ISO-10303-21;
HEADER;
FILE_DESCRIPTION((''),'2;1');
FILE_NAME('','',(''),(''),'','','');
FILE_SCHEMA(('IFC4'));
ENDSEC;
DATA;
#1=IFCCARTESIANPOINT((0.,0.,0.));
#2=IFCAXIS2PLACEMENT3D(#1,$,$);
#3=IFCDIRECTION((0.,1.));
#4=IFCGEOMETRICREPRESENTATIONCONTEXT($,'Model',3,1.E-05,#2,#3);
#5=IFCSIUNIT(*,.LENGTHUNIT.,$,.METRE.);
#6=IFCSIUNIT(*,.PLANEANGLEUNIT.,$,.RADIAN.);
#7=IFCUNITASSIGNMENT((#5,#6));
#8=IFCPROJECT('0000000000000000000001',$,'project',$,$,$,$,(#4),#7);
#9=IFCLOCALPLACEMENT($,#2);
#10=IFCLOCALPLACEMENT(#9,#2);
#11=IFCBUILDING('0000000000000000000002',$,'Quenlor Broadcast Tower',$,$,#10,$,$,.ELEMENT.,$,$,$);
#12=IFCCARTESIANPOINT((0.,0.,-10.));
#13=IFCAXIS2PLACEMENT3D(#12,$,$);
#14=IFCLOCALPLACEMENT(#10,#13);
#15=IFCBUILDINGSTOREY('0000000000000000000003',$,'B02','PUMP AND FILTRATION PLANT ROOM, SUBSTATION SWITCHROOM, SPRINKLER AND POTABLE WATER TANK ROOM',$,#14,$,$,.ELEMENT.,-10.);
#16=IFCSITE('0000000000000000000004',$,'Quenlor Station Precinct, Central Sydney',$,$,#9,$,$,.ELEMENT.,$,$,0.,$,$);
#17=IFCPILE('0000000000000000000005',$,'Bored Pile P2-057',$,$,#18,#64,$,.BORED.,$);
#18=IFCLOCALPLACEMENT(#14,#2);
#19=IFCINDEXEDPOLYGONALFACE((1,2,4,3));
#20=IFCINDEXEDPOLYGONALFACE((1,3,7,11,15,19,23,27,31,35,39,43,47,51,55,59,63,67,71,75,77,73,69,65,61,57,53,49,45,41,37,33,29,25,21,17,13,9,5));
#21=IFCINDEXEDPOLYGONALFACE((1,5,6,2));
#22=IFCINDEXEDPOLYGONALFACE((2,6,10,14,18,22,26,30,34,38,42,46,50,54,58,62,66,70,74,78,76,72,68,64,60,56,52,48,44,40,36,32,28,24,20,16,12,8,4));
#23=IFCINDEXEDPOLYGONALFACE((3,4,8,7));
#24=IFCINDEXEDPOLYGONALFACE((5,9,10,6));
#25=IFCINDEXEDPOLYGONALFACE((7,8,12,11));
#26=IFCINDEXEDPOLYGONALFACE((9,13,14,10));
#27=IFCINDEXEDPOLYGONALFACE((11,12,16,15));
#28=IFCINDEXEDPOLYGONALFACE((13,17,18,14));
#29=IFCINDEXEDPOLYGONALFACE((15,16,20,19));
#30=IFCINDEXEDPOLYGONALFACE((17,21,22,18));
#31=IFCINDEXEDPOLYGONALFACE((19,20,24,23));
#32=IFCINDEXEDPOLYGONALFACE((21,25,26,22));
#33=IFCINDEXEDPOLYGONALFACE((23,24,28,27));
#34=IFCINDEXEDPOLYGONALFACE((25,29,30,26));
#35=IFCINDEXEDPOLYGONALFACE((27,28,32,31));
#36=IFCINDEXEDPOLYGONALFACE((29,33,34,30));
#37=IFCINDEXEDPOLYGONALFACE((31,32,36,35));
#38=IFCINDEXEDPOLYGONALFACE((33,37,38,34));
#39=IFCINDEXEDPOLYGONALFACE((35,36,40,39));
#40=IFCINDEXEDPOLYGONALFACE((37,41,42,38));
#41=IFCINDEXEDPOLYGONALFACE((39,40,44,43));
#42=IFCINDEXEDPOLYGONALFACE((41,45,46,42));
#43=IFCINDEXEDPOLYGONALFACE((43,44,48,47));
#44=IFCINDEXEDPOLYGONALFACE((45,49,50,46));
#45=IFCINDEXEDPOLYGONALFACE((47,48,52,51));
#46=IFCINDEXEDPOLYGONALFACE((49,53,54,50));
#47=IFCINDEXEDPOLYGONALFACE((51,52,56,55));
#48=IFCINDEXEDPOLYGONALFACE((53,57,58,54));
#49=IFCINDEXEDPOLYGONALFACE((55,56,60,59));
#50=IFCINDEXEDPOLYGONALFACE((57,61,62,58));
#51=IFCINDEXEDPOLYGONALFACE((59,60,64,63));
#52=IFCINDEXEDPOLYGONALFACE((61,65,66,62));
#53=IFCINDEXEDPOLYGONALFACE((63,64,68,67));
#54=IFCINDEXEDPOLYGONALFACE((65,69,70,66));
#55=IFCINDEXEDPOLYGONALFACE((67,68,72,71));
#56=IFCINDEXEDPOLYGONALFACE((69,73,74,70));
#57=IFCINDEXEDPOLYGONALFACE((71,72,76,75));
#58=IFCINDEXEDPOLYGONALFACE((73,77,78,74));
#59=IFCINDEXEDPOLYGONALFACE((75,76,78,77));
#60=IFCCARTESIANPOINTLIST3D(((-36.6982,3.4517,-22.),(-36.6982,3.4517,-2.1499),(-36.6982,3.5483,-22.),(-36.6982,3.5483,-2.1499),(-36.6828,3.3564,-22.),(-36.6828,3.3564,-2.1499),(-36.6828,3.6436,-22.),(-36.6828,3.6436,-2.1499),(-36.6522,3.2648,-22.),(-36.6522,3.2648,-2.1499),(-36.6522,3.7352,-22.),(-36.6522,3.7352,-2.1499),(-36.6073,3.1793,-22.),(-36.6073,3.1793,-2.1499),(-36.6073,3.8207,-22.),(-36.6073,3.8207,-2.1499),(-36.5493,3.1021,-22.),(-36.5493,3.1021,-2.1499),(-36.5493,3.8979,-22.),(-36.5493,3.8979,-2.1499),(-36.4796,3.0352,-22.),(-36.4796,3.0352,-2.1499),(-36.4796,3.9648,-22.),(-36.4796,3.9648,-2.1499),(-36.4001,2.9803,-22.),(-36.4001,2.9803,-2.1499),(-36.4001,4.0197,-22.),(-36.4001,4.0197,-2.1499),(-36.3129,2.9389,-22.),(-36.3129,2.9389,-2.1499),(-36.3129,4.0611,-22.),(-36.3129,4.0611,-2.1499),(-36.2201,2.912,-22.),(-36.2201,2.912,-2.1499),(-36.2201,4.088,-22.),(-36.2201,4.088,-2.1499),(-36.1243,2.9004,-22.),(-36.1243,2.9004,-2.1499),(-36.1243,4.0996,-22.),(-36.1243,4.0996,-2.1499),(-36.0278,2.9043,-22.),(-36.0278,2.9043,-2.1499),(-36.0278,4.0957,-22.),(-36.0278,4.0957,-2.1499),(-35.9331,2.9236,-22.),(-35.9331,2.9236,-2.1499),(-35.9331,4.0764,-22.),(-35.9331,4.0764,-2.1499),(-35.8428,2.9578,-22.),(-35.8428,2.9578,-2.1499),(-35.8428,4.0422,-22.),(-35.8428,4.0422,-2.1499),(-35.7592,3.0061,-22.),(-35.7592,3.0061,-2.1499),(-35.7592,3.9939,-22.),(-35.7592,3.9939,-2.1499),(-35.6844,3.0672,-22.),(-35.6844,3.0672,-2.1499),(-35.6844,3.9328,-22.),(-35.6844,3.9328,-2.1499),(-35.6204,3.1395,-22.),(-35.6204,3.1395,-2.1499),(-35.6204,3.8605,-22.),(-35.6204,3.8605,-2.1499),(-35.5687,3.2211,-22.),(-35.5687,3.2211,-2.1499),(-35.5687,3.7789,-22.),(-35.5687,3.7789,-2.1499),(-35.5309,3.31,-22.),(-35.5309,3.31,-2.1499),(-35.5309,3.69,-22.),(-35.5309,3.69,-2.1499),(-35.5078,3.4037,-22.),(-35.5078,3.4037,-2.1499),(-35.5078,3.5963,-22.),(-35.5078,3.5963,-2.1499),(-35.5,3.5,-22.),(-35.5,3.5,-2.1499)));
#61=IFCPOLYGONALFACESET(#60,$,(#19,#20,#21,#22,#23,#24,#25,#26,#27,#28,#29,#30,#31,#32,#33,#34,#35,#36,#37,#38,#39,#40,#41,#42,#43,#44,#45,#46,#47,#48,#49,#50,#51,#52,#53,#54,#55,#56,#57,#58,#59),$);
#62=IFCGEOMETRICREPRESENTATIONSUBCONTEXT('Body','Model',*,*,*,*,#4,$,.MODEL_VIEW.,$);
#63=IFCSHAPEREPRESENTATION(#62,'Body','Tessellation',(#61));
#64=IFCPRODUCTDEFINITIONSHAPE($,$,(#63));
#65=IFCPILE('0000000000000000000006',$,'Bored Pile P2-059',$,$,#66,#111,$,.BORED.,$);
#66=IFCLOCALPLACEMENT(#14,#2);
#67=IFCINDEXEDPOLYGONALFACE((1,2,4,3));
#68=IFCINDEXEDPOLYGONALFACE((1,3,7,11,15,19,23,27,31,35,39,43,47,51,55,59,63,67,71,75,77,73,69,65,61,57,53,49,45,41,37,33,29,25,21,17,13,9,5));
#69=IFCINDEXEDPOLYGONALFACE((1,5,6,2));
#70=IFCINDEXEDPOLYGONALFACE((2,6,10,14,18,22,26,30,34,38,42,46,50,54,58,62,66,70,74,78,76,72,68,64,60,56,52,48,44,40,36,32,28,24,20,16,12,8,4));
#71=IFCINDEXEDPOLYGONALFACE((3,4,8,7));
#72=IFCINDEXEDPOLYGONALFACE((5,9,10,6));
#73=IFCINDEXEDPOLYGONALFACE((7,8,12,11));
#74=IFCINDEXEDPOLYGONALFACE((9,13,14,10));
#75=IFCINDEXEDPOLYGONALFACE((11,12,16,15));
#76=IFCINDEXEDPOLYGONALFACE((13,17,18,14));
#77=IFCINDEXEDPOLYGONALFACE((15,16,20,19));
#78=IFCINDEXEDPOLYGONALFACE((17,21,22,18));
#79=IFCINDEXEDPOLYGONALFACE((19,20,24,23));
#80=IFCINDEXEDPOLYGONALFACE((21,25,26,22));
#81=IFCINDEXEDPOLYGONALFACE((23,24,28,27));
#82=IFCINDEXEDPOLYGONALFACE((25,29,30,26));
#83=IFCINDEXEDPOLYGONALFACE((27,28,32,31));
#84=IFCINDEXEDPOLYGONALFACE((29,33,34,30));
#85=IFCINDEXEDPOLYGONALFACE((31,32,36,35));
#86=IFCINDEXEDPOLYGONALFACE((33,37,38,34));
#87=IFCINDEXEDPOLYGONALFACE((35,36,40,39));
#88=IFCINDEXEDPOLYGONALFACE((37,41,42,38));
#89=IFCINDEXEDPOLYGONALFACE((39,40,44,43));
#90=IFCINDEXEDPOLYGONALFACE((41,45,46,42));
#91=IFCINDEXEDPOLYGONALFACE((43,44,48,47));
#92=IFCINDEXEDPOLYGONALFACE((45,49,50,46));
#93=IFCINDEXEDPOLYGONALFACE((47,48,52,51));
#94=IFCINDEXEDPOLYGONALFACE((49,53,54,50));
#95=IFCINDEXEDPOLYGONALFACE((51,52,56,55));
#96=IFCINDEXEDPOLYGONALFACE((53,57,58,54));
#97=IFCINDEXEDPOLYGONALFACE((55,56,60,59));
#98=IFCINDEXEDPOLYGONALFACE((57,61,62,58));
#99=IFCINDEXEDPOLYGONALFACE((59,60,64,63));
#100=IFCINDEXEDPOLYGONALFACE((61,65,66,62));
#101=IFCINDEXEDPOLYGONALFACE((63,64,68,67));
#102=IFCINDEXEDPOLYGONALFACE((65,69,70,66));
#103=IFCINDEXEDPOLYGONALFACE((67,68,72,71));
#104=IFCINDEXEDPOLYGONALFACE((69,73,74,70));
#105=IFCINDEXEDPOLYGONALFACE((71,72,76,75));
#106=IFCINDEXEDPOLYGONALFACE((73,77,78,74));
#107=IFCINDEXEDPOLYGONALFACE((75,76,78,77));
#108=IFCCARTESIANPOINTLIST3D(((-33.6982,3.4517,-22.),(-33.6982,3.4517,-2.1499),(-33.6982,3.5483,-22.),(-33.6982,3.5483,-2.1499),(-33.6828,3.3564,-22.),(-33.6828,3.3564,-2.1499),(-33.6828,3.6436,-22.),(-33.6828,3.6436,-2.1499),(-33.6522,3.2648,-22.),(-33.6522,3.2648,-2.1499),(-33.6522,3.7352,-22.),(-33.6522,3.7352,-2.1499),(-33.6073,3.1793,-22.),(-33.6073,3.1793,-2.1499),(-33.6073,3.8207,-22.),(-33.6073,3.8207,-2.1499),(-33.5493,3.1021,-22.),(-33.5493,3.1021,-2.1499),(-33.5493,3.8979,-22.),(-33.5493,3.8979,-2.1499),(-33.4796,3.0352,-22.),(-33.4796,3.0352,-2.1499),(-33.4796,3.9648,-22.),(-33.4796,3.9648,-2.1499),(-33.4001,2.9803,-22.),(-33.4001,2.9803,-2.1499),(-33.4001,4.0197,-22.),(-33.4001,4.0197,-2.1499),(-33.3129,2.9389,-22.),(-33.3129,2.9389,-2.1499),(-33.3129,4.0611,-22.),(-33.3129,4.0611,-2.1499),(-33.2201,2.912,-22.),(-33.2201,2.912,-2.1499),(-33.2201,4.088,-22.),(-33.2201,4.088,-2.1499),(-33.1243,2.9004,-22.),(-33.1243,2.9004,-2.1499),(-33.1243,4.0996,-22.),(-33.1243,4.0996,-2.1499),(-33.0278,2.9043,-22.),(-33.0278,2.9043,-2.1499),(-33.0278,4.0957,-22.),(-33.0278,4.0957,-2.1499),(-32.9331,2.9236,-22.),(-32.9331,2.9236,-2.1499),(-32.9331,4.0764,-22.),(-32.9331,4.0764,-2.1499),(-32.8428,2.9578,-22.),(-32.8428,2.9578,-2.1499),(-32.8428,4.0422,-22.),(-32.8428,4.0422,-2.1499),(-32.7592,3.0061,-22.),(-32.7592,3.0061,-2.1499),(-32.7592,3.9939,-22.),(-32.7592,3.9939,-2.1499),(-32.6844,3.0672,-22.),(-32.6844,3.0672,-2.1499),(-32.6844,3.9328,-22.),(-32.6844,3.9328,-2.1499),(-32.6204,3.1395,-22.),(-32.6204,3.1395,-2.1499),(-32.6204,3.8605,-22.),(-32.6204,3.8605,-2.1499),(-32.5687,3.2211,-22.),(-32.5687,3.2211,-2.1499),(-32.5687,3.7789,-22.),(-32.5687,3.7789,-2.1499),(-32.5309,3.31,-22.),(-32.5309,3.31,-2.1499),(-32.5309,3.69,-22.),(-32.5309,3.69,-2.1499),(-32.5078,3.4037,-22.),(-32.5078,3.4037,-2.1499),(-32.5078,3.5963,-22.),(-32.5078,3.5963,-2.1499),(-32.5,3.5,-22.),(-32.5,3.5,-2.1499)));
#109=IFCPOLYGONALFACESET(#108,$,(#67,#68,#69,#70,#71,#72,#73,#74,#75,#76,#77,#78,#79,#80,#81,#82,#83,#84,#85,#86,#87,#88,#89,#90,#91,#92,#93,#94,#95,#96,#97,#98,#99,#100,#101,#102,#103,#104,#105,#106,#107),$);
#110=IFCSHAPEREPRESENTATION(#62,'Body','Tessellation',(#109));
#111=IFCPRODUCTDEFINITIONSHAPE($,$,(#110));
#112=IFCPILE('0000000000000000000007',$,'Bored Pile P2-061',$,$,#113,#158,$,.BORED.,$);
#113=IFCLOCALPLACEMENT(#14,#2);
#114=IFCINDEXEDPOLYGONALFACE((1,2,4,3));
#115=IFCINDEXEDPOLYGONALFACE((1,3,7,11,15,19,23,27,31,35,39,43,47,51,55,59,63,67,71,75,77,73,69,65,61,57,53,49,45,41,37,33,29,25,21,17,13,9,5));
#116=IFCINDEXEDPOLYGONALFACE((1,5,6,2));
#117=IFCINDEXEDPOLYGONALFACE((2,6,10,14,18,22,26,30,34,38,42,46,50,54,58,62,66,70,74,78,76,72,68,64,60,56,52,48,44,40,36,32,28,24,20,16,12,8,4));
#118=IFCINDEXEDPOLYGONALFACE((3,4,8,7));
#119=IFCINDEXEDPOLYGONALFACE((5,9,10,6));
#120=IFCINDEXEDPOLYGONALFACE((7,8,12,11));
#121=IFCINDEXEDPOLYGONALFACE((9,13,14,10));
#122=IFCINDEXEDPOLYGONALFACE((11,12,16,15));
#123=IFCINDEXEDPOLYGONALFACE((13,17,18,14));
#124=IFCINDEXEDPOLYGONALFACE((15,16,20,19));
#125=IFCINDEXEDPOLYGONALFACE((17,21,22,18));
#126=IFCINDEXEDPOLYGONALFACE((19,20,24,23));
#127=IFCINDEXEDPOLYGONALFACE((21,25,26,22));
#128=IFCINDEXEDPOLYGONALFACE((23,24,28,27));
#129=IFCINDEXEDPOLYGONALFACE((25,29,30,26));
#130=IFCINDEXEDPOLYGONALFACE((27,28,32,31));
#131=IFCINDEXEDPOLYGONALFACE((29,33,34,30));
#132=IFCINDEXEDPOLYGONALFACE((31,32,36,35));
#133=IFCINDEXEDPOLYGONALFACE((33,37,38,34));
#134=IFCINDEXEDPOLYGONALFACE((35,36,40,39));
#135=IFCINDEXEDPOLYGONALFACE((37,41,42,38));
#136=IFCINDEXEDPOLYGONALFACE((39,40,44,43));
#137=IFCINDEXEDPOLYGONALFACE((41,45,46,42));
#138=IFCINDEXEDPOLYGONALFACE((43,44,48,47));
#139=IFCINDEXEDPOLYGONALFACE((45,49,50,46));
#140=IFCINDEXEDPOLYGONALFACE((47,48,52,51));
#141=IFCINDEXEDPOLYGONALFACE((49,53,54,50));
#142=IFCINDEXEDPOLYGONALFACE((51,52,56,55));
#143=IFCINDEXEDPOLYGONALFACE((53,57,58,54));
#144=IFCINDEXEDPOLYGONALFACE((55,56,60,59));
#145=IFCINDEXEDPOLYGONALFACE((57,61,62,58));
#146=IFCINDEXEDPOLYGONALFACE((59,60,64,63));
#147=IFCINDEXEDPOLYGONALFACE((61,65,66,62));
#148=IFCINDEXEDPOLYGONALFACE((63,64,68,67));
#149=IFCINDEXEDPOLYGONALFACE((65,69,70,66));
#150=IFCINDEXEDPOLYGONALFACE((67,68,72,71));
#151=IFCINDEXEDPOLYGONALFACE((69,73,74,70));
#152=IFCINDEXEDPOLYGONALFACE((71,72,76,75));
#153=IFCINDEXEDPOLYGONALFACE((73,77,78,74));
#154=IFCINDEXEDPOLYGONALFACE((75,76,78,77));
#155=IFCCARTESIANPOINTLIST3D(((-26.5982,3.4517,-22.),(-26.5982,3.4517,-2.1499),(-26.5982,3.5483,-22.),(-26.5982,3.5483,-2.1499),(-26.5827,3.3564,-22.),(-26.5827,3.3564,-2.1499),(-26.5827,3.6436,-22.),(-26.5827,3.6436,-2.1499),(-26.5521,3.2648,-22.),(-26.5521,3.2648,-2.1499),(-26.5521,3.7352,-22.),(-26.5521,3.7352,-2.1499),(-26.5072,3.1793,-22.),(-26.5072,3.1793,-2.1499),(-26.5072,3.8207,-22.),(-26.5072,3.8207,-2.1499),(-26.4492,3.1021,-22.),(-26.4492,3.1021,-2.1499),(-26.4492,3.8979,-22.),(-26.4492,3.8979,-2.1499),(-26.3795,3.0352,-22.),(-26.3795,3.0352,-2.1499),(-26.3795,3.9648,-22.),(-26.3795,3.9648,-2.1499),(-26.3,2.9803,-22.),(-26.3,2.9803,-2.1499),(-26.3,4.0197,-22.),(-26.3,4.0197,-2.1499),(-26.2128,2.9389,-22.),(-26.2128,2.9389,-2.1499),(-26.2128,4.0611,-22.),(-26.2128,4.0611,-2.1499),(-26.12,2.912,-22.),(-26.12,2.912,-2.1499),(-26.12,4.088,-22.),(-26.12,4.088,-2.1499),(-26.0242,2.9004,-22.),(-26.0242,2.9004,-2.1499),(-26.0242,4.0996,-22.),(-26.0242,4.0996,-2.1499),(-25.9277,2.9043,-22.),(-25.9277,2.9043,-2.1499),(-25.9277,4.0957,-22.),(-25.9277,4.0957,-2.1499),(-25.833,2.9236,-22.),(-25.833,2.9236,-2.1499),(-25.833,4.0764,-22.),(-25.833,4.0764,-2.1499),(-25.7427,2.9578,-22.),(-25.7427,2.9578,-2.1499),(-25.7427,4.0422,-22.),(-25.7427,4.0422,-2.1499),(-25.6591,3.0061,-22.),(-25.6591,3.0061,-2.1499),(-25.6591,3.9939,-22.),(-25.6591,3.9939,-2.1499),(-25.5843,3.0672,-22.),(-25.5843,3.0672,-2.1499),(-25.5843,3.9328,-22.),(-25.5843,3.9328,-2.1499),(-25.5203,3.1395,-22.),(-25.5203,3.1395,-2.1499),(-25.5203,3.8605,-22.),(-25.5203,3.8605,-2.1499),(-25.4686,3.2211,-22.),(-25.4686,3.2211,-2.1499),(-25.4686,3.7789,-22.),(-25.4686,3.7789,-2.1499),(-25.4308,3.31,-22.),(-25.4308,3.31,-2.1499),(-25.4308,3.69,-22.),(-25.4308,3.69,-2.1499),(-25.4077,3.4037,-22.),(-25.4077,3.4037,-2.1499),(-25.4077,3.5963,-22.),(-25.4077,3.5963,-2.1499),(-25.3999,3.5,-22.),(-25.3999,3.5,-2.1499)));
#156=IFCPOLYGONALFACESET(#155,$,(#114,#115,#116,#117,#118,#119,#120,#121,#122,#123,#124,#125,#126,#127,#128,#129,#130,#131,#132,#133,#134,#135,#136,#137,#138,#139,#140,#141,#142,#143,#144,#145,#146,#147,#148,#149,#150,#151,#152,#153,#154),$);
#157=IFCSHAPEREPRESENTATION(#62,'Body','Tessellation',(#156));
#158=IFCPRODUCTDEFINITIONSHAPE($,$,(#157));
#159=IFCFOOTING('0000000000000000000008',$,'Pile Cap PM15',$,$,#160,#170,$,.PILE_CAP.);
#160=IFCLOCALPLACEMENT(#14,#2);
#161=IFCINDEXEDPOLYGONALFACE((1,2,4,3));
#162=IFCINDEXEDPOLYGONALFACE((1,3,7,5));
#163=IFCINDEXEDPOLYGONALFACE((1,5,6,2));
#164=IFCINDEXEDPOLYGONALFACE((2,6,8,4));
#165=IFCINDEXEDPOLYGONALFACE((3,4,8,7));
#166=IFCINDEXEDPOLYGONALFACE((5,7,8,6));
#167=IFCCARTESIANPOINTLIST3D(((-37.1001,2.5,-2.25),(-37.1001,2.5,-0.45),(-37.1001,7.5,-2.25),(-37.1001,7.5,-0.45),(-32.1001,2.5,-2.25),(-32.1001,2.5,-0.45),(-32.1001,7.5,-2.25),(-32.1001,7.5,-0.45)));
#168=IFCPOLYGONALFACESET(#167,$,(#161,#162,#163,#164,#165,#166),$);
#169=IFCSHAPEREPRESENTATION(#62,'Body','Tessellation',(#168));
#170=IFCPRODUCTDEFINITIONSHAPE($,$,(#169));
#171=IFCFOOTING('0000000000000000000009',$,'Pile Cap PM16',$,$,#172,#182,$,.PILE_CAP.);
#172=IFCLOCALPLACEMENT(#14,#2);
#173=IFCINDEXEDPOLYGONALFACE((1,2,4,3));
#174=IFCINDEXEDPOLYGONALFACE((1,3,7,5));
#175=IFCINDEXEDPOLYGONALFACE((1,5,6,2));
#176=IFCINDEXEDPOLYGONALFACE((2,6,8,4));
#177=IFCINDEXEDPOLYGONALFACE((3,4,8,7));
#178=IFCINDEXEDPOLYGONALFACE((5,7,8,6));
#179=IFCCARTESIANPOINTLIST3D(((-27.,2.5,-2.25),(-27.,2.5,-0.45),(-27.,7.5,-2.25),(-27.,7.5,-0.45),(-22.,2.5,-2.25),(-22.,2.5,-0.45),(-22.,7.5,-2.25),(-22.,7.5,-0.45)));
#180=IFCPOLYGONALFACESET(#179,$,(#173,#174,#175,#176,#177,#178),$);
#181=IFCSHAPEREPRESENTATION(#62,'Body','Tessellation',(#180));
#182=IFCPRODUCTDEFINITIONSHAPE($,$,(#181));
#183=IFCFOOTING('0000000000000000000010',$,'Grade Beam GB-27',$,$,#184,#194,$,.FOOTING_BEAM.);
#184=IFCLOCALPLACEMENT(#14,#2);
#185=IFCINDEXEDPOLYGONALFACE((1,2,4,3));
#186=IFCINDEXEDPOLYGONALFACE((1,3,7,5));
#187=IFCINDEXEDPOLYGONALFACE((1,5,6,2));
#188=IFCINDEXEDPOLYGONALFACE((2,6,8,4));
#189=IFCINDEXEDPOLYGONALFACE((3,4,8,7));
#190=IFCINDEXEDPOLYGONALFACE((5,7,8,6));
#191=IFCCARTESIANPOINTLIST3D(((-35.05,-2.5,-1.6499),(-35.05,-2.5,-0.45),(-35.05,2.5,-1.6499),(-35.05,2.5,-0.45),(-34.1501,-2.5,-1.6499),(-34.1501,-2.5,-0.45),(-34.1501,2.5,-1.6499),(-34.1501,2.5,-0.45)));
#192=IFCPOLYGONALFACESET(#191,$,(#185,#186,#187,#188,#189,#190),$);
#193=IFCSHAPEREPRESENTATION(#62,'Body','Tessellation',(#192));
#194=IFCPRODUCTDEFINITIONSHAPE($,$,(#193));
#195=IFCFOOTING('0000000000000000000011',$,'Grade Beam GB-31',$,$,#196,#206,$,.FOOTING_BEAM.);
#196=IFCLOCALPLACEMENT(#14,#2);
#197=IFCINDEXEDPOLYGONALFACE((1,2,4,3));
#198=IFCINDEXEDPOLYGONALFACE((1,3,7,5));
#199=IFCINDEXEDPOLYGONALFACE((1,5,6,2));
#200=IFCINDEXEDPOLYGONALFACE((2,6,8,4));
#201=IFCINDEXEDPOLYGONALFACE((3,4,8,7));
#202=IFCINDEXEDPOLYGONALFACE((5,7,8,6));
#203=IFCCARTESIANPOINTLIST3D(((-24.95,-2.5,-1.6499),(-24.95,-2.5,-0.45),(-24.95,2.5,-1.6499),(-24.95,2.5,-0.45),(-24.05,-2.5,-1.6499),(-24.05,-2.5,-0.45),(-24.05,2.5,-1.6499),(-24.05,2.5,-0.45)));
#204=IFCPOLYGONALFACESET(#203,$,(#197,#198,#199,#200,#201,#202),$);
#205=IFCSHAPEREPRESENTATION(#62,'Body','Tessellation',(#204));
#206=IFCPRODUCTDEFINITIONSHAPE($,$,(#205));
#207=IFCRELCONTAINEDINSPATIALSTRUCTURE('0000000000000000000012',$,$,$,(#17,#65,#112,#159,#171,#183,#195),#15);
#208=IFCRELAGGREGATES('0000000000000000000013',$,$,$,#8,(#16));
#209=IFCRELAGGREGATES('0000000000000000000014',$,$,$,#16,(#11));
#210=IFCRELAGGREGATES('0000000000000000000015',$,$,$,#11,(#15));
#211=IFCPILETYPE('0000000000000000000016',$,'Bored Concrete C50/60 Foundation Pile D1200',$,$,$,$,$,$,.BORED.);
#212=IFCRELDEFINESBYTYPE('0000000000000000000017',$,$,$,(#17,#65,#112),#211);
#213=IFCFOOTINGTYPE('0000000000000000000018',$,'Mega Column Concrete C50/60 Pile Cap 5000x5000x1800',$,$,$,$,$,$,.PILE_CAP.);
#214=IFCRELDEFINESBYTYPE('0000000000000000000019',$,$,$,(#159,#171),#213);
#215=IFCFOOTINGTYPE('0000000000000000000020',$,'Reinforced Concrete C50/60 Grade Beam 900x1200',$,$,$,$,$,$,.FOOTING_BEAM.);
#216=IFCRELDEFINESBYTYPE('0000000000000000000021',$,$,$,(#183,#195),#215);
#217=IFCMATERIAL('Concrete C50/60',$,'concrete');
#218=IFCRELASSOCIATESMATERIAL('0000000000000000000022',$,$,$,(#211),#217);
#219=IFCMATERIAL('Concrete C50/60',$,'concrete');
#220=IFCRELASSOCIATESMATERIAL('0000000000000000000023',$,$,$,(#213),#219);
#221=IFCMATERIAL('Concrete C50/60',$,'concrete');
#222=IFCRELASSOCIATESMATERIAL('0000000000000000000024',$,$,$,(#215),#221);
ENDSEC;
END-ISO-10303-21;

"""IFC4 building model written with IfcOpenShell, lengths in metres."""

from ifc_helpers import new_model, si_unit, direction, frame, origin, origin_2d, place, context, subcontext, project, spatial, rectangle, circle, extrude, material, material_profile, profile_set, type_object, element, save


model = new_model("IFC4")

# Units and contexts
model_context = context("Model", 3, precision=1e-05, world=origin(), true_north=direction((0.0, 1.0)))
body_context = subcontext(model_context, "Body", "Model", "MODEL_VIEW")
ifc_project = project(units=[si_unit("LENGTHUNIT", "METRE"), si_unit("PLANEANGLEUNIT", "RADIAN")], contexts=[model_context])

# Site, building, storey
site_placement = place(None, origin())
site = spatial("IfcSite", under=ifc_project, at=site_placement, Name="Quenlor Station Precinct, Central Sydney", CompositionType="ELEMENT", RefElevation=0.0)
building_placement = place(site_placement, origin())
building = spatial("IfcBuilding", under=site, at=building_placement, Name="Quenlor Broadcast Tower", CompositionType="ELEMENT")
storey_placement = place(building_placement, frame((0.0, 0.0, -10.0)))
storey = spatial("IfcBuildingStorey", under=building, at=storey_placement, Name="B02", Description="PUMP AND FILTRATION PLANT ROOM, SUBSTATION SWITCHROOM, SPRINKLER AND POTABLE WATER TANK ROOM", CompositionType="ELEMENT", Elevation=-10.0)

# Piles
ifc_material_1 = material(Name="Concrete C50/60", Category="concrete")
ifc_material_profile_1 = material_profile(ifc_material_1, circle(Radius=0.6001, at=origin_2d()))
ifc_profile_set_1 = profile_set([ifc_material_profile_1], Name="Concrete C50/60 PILE1200")
pile_type = type_object("IfcPileType", Name="Bored Concrete C50/60 Foundation Pile D1200", PredefinedType="BORED", material=ifc_profile_set_1)
for number, where, z_axis, x_axis, name in (
    (1, (-36.1001, 3.5, -2.1499), (0.0, 0.0, -1.0), (1.0, 0.0, 0.0), "Bored Pile P2-057"),
    (2, (-33.1001, 3.5, -2.1499), (0.0, 0.0, -1.0), (1.0, 0.0, 0.0), "Bored Pile P2-059"),
    (3, (-26.0, 3.5, -2.1499), (0.0, 0.0, -1.0), (1.0, 0.0, 0.0), "Bored Pile P2-061"),
):
    element("IfcPile", number, at=place(storey_placement, frame(where, z_axis=z_axis, x_axis=x_axis)), inside=storey, type_object=pile_type, Name=name, PredefinedType="BORED", context=body_context, shape_type="SweptSolid", body=[
        extrude(circle(Radius=0.6001, at=origin_2d()), origin(), (0.0, 0.0, 1.0), 19.8501),
    ])

# Footings
ifc_material_2 = material(Name="Concrete C50/60", Category="concrete")
footing_type_1 = type_object("IfcFootingType", Name="Mega Column Concrete C50/60 Pile Cap 5000x5000x1800", PredefinedType="PILE_CAP", material=ifc_material_2)
for number, where, z_axis, x_axis, name in (
    (4, (-34.6001, 5.0, -2.25), (0.0, 0.0, 1.0), (1.0, 0.0, 0.0), "Pile Cap PM15"),
    (5, (-24.5, 5.0, -2.25), (0.0, 0.0, 1.0), (1.0, 0.0, 0.0), "Pile Cap PM16"),
):
    element("IfcFooting", number, at=place(storey_placement, frame(where, z_axis=z_axis, x_axis=x_axis)), inside=storey, type_object=footing_type_1, Name=name, PredefinedType="PILE_CAP", context=body_context, shape_type="SweptSolid", body=[
        extrude(rectangle(XDim=5.0, YDim=5.0, at=origin_2d()), origin(), (0.0, 0.0, 1.0), 1.8),
    ])
ifc_material_3 = material(Name="Concrete C50/60", Category="concrete")
footing_type_2 = type_object("IfcFootingType", Name="Reinforced Concrete C50/60 Grade Beam 900x1200", PredefinedType="FOOTING_BEAM", material=ifc_material_3)
for number, where, z_axis, x_axis, name in (
    (6, (-34.6001, 0.0, -1.6499), (0.0, 0.0, 1.0), (0.0, 1.0, 0.0), "Grade Beam GB-27"),
    (7, (-24.5, 0.0, -1.6499), (0.0, 0.0, 1.0), (0.0, 1.0, 0.0), "Grade Beam GB-31"),
):
    element("IfcFooting", number, at=place(storey_placement, frame(where, z_axis=z_axis, x_axis=x_axis)), inside=storey, type_object=footing_type_2, Name=name, PredefinedType="FOOTING_BEAM", context=body_context, shape_type="SweptSolid", body=[
        extrude(rectangle(XDim=5.0, YDim=0.8999, at=origin_2d()), origin(), (0.0, 0.0, 1.0), 1.2),
    ])

save(model, "model.ifc")
